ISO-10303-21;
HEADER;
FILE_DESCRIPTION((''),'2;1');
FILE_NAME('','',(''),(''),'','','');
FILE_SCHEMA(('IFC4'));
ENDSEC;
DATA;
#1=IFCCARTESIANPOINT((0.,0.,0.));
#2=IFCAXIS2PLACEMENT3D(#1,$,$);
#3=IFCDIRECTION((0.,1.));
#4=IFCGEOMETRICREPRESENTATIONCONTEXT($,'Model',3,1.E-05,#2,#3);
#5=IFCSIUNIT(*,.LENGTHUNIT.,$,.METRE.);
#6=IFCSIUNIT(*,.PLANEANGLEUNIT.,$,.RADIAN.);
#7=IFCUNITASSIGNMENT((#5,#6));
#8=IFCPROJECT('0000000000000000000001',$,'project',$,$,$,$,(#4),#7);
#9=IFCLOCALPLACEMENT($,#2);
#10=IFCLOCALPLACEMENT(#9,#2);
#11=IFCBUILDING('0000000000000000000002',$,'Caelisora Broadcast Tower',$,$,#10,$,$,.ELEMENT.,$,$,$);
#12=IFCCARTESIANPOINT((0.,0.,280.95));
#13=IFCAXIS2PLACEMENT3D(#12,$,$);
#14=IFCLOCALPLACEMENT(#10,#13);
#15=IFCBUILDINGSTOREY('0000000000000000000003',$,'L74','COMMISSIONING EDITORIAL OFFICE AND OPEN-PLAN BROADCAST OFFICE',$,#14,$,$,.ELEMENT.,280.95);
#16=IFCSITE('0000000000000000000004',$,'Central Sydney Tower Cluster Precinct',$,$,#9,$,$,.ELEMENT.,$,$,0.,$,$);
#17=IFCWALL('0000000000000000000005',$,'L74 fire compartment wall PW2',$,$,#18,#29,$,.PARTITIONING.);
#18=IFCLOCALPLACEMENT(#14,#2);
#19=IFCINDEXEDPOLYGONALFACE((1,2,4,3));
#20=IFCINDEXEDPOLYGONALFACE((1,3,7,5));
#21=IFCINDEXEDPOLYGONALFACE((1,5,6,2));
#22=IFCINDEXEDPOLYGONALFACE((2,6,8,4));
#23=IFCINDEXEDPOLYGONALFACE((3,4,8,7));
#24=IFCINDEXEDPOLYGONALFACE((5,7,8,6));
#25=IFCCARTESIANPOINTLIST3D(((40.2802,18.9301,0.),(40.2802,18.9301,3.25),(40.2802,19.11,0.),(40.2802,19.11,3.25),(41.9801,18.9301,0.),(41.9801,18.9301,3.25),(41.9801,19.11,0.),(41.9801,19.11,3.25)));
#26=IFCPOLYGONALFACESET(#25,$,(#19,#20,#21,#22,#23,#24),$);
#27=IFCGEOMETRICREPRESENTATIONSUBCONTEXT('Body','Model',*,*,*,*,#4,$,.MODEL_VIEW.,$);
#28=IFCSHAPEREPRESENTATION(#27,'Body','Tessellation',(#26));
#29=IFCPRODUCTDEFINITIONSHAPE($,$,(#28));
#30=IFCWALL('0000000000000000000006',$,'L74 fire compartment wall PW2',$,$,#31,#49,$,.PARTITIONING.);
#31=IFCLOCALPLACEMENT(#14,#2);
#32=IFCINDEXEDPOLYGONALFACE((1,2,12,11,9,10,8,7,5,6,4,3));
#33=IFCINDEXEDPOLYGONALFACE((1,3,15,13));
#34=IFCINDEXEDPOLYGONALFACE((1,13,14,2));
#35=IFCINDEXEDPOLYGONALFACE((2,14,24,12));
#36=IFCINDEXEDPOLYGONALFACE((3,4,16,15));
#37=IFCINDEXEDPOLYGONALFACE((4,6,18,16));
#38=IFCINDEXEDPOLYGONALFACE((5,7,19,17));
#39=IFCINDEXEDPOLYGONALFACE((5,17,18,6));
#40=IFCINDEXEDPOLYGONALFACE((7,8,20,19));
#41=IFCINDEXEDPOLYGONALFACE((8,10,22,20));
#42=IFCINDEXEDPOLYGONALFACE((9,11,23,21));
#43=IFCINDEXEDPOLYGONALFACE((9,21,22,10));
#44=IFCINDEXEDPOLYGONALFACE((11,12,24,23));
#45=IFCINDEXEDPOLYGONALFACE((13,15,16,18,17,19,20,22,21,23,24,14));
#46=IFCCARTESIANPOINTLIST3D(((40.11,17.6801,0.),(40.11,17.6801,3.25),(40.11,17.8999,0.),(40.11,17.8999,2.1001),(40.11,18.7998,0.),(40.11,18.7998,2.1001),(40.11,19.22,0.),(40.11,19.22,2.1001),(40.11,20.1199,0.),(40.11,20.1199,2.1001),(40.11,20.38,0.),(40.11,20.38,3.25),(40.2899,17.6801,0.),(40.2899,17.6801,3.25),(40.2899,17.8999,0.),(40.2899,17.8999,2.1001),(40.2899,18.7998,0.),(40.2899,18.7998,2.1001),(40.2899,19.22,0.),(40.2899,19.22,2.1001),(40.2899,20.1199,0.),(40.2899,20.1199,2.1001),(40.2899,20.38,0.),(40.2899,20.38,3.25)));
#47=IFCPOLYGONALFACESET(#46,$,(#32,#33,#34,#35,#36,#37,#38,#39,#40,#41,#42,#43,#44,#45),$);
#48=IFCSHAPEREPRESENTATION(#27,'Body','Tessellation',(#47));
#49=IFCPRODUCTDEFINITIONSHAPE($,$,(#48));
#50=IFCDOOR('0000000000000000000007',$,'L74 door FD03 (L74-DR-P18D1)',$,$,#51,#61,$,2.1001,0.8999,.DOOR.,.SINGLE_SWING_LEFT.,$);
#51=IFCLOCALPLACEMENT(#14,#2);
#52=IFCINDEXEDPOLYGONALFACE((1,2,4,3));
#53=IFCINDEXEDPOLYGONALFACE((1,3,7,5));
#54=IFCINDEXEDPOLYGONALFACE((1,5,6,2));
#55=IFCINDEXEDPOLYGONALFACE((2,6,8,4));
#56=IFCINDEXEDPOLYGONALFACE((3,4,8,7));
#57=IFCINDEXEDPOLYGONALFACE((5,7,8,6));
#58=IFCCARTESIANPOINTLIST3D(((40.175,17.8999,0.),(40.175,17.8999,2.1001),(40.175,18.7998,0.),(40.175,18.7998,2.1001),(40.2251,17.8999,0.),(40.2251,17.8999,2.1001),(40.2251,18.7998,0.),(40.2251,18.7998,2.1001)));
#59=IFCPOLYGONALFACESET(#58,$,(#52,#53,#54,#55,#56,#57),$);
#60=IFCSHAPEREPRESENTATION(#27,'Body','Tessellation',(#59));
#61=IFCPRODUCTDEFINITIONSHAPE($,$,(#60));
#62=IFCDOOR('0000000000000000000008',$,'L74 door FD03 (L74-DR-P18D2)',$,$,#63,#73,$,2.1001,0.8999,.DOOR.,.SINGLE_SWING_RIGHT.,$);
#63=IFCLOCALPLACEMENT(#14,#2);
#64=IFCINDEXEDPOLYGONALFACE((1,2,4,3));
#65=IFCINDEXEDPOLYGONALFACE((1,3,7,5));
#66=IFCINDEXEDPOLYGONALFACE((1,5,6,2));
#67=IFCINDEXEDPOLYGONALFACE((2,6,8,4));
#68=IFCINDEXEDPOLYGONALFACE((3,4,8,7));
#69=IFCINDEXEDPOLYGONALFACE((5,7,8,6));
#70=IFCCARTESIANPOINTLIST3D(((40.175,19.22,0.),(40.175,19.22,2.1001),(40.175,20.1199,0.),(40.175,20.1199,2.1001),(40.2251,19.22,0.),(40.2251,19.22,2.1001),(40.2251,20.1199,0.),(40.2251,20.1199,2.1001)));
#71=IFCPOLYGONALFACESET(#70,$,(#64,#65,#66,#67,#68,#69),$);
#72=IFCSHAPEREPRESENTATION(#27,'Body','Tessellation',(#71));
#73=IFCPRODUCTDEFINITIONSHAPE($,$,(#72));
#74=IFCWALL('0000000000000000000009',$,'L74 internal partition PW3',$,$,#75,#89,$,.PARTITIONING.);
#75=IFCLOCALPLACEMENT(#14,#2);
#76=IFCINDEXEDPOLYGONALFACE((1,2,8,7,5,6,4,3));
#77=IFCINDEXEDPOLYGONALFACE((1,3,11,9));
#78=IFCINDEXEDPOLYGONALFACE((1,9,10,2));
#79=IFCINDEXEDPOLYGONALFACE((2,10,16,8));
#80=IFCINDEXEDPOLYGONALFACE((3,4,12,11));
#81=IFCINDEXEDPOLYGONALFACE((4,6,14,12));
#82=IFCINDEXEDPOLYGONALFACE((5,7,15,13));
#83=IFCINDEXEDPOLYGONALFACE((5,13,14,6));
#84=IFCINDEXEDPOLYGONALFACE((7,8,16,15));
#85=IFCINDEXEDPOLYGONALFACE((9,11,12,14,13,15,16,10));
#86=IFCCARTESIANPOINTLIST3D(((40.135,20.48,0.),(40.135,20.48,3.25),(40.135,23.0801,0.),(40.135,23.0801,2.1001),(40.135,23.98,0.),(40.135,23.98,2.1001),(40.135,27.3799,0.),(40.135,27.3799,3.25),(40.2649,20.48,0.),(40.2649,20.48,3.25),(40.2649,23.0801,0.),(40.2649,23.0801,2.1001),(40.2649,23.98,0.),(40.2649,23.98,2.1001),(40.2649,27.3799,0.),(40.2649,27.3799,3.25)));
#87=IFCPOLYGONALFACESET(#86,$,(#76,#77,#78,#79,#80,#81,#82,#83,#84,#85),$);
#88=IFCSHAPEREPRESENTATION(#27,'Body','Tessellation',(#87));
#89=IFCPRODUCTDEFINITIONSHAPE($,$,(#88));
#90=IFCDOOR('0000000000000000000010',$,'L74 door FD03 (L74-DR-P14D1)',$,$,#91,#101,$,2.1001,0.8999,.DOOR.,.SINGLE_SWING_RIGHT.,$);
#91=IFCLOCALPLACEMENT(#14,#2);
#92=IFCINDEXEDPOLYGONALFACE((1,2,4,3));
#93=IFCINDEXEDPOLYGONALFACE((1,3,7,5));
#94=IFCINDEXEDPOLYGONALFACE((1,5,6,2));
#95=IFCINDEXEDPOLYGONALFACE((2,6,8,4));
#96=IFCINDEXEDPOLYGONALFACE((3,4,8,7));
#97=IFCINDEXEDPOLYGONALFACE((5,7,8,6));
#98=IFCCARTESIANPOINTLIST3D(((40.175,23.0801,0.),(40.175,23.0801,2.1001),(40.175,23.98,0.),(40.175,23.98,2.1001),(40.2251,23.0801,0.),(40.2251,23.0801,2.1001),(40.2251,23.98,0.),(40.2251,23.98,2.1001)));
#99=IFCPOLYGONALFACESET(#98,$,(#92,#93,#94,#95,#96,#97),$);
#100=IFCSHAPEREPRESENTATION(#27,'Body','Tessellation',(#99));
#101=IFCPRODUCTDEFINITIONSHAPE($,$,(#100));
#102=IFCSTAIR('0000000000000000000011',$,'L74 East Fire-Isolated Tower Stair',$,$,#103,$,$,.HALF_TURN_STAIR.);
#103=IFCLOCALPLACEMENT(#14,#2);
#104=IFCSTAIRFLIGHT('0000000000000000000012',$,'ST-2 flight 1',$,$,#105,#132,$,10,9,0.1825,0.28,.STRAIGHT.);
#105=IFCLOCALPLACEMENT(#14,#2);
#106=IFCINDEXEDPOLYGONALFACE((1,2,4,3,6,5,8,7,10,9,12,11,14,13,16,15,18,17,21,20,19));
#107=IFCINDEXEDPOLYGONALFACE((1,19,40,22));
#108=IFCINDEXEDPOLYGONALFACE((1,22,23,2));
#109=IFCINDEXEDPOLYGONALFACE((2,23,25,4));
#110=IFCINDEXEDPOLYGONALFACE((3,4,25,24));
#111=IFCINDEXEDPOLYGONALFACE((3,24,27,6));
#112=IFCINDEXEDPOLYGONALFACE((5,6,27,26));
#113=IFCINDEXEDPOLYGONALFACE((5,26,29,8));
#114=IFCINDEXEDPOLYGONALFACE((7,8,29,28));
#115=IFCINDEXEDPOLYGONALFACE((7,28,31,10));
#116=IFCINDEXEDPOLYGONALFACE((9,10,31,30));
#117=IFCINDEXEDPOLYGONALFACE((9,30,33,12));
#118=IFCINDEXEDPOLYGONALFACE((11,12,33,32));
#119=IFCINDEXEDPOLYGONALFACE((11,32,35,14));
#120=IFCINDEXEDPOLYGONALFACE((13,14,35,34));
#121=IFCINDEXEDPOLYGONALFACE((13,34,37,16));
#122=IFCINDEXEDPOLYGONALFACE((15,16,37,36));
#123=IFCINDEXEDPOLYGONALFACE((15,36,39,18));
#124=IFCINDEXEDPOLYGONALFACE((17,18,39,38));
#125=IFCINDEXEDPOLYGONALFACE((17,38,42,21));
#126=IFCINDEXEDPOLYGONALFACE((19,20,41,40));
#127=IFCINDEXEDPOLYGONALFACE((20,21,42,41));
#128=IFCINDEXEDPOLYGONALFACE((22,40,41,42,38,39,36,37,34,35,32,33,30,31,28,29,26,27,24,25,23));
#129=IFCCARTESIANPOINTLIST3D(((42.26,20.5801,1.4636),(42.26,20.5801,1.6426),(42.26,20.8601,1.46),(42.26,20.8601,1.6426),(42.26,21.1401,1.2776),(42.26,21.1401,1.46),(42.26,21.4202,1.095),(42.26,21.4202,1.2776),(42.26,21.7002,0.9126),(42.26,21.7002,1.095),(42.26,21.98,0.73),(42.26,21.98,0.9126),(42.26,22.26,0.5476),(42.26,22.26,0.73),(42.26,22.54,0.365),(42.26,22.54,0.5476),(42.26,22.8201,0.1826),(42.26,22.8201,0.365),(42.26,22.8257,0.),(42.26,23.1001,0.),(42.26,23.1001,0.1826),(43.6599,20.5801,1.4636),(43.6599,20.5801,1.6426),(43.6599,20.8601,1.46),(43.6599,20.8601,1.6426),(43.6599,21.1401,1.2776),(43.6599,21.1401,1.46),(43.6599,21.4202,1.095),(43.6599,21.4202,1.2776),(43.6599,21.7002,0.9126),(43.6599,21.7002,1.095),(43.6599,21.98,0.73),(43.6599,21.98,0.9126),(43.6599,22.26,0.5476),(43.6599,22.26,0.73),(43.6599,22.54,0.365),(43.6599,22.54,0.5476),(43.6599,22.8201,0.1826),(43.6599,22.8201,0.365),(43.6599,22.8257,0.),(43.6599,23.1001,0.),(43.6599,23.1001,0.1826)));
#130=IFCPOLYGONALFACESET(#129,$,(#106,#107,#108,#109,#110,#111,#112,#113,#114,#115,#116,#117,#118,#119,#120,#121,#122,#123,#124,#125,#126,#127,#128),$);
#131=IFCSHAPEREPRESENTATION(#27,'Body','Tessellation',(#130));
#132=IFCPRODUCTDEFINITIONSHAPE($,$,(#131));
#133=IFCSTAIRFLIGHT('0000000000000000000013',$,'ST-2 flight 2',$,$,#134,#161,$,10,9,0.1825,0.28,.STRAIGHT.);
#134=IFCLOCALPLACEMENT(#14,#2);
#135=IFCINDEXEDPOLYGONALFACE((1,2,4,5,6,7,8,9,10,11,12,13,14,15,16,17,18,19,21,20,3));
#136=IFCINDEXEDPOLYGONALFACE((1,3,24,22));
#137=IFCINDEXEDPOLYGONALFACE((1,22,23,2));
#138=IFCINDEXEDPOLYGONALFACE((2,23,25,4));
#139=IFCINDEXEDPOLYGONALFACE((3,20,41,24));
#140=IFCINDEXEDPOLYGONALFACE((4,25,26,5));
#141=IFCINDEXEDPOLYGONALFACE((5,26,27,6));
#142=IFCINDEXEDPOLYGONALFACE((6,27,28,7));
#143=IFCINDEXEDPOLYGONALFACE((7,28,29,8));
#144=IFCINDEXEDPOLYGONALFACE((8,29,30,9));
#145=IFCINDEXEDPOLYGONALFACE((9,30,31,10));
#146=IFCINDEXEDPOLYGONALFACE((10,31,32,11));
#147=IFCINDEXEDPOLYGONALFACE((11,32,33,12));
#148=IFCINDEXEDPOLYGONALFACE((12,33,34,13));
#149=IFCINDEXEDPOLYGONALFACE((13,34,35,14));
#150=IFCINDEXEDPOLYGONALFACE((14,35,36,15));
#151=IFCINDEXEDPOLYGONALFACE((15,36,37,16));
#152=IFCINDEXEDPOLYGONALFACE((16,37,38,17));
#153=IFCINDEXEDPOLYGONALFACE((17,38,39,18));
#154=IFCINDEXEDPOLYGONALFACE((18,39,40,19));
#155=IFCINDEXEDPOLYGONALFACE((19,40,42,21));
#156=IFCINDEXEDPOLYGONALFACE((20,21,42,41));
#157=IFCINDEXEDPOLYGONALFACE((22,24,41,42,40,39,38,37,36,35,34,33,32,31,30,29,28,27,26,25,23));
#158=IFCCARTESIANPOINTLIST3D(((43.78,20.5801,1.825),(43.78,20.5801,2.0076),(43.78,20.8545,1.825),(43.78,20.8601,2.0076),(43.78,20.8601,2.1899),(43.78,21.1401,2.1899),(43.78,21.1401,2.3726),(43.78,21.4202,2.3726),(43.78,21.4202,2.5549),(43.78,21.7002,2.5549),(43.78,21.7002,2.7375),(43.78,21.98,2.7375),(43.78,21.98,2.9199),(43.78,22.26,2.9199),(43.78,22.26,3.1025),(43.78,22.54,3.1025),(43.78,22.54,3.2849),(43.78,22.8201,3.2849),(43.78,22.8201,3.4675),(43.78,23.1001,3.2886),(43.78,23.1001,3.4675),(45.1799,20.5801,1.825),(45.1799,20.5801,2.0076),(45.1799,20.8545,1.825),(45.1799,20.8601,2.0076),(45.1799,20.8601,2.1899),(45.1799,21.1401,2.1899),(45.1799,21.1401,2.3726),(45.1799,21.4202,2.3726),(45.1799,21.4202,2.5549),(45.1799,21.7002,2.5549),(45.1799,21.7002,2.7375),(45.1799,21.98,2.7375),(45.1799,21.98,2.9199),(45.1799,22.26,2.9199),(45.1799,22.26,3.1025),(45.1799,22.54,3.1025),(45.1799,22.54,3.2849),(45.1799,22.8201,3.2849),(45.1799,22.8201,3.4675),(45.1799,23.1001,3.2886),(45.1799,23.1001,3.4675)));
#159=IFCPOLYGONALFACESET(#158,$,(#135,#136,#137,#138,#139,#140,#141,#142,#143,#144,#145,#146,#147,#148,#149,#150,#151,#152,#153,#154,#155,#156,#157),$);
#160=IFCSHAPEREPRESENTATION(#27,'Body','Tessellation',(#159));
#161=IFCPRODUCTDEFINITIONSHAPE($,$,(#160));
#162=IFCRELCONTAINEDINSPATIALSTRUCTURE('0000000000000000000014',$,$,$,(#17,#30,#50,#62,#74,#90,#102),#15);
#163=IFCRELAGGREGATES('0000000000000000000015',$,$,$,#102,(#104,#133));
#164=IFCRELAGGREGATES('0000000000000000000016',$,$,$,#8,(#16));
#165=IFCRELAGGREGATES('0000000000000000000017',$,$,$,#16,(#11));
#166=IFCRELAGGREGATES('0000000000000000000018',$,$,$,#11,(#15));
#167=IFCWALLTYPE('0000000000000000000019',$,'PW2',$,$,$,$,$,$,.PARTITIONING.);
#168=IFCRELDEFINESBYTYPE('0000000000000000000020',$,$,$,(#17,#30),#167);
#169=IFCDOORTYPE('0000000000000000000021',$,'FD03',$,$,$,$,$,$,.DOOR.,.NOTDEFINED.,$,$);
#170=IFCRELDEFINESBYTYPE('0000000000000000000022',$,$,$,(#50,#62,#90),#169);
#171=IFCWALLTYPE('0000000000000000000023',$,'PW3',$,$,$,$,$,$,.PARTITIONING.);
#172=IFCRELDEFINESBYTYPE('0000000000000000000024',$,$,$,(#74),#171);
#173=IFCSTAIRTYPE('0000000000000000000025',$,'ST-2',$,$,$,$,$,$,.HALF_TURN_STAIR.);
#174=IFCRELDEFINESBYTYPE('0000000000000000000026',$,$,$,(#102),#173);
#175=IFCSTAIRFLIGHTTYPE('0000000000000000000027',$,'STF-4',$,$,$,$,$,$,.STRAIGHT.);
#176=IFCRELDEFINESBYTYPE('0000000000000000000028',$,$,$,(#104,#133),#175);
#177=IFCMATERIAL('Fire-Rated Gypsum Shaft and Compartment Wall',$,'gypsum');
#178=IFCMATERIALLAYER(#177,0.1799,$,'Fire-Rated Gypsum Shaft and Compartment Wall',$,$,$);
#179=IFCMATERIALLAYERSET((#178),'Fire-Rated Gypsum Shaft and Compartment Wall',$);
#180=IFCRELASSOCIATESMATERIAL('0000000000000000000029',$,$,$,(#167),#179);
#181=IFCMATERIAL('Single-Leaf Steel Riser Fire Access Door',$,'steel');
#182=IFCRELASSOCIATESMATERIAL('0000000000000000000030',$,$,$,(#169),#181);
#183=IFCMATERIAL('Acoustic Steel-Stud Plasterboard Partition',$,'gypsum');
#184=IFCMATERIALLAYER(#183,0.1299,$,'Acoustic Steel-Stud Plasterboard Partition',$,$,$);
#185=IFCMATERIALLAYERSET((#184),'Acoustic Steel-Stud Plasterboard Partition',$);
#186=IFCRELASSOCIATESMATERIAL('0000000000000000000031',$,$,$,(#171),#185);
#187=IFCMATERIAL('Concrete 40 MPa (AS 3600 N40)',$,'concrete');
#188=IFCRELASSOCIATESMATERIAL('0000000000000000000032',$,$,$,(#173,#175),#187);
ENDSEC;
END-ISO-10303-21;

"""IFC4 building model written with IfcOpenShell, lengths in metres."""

from ifc_helpers import new_model, si_unit, direction, frame, frame_2d, origin, place, context, subcontext, project, spatial, polyline, rectangle, outline, extrude, material, layer, layer_set, type_object, element, fill, aggregate, save


model = new_model("IFC4")

# Units and contexts
model_context = context("Model", 3, precision=1e-05, world=origin(), true_north=direction((0.0, 1.0)))
body_context = subcontext(model_context, "Body", "Model", "MODEL_VIEW")
ifc_project = project(units=[si_unit("LENGTHUNIT", "METRE"), si_unit("PLANEANGLEUNIT", "RADIAN")], contexts=[model_context])

# Site, building, storey
site_placement = place(None, origin())
site = spatial("IfcSite", under=ifc_project, at=site_placement, Name="Central Sydney Tower Cluster Precinct", CompositionType="ELEMENT", RefElevation=0.0)
building_placement = place(site_placement, origin())
building = spatial("IfcBuilding", under=site, at=building_placement, Name="Caelisora Broadcast Tower", CompositionType="ELEMENT")
storey_placement = place(building_placement, frame((0.0, 0.0, 280.95)))
storey = spatial("IfcBuildingStorey", under=building, at=storey_placement, Name="L74", Description="COMMISSIONING EDITORIAL OFFICE AND OPEN-PLAN BROADCAST OFFICE", CompositionType="ELEMENT", Elevation=280.95)

# Shared definitions
ifc_material_1 = material(Name="Concrete 40 MPa (AS 3600 N40)", Category="concrete")
ifc_material_2 = material(Name="Fire-Rated Gypsum Shaft and Compartment Wall", Category="gypsum")
ifc_layer_1 = layer(ifc_material_2, 0.1799, Name="Fire-Rated Gypsum Shaft and Compartment Wall")
ifc_layer_set_1 = layer_set([ifc_layer_1], Name="Fire-Rated Gypsum Shaft and Compartment Wall")
wall_type_1 = type_object("IfcWallType", Name="PW2", PredefinedType="PARTITIONING", material=ifc_layer_set_1)

# Shared definitions
ifc_material_3 = material(Name="Single-Leaf Steel Riser Fire Access Door", Category="steel")
door_type = type_object("IfcDoorType", Name="FD03", OperationType="NOTDEFINED", PredefinedType="DOOR", material=ifc_material_3)

# Wall
wall_1_placement = place(storey_placement, frame((40.28, 19.02, 0.0), z_axis=(0.0, 0.0, 1.0), x_axis=(1.0, 0.0, 0.0)))
element("IfcWall", 1, at=wall_1_placement, inside=storey, type_object=wall_type_1, Name="L74 fire compartment wall PW2", PredefinedType="PARTITIONING", context=body_context, shape_type="SweptSolid", body=[
    extrude(rectangle(XDim=1.7, YDim=0.1799, at=frame_2d((0.8501, 0.0))), origin(), (0.0, 0.0, 1.0), 3.25),
])

# Wall, openings, doors
wall_2_placement = place(storey_placement, frame((40.2, 17.6799, 0.0), z_axis=(0.0, 0.0, 1.0), x_axis=(0.0, 1.0, 0.0)))
wall_2 = element("IfcWall", 2, at=wall_2_placement, inside=storey, type_object=wall_type_1, Name="L74 fire compartment wall PW2", PredefinedType="PARTITIONING", context=body_context, shape_type="SweptSolid", body=[
    extrude(rectangle(XDim=2.7, YDim=0.1799, at=frame_2d((1.3501, 0.0))), origin(), (0.0, 0.0, 1.0), 3.25),
])
opening_1_placement = place(wall_2_placement, frame((0.22, 0.0, 0.0)))
opening_1 = element("IfcOpeningElement", 3, at=opening_1_placement, cuts=wall_2, PredefinedType="OPENING", context=body_context, shape_type="SweptSolid", body=[
    extrude(rectangle(XDim=0.8999, YDim=2.1001, at=frame_2d((0.45, 1.05))), frame((0.0, 0.1021, 0.0), z_axis=(0.0, -1.0, 0.0), x_axis=(1.0, 0.0, 0.0)), (0.0, 0.0, 1.0), 0.2039),
])
opening_2_placement = place(wall_2_placement, frame((1.54, 0.0, 0.0)))
opening_2 = element("IfcOpeningElement", 4, at=opening_2_placement, cuts=wall_2, PredefinedType="OPENING", context=body_context, shape_type="SweptSolid", body=[
    extrude(rectangle(XDim=0.8999, YDim=2.1001, at=frame_2d((0.45, 1.05))), frame((0.0, 0.1021, 0.0), z_axis=(0.0, -1.0, 0.0), x_axis=(1.0, 0.0, 0.0)), (0.0, 0.0, 1.0), 0.2039),
])
door_1_placement = place(opening_1_placement, origin())
door_1 = element("IfcDoor", 5, at=door_1_placement, inside=storey, type_object=door_type, Name="L74 door FD03 (L74-DR-P18D1)", OperationType="SINGLE_SWING_LEFT", OverallHeight=2.1001, OverallWidth=0.8999, PredefinedType="DOOR", context=body_context, shape_type="SweptSolid", body=[
    extrude(rectangle(XDim=0.8999, YDim=2.1001, at=frame_2d((0.45, 1.05))), frame((0.0, 0.0249, 0.0), z_axis=(0.0, -1.0, 0.0), x_axis=(1.0, 0.0, 0.0)), (0.0, 0.0, 1.0), 0.05),
])
fill(opening_1, door_1)
door_2_placement = place(opening_2_placement, origin())
door_2 = element("IfcDoor", 6, at=door_2_placement, inside=storey, type_object=door_type, Name="L74 door FD03 (L74-DR-P18D2)", OperationType="SINGLE_SWING_RIGHT", OverallHeight=2.1001, OverallWidth=0.8999, PredefinedType="DOOR", context=body_context, shape_type="SweptSolid", body=[
    extrude(rectangle(XDim=0.8999, YDim=2.1001, at=frame_2d((0.45, 1.05))), frame((0.0, 0.0249, 0.0), z_axis=(0.0, -1.0, 0.0), x_axis=(1.0, 0.0, 0.0)), (0.0, 0.0, 1.0), 0.05),
])
fill(opening_2, door_2)

# Wall, opening, door
ifc_material_4 = material(Name="Acoustic Steel-Stud Plasterboard Partition", Category="gypsum")
ifc_layer_2 = layer(ifc_material_4, 0.1299, Name="Acoustic Steel-Stud Plasterboard Partition")
ifc_layer_set_2 = layer_set([ifc_layer_2], Name="Acoustic Steel-Stud Plasterboard Partition")
wall_type_2 = type_object("IfcWallType", Name="PW3", PredefinedType="PARTITIONING", material=ifc_layer_set_2)
wall_3_placement = place(storey_placement, frame((40.2, 20.48, 0.0), z_axis=(0.0, 0.0, 1.0), x_axis=(0.0, 1.0, 0.0)))
wall_3 = element("IfcWall", 7, at=wall_3_placement, inside=storey, type_object=wall_type_2, Name="L74 internal partition PW3", PredefinedType="PARTITIONING", context=body_context, shape_type="SweptSolid", body=[
    extrude(rectangle(XDim=6.8999, YDim=0.1299, at=frame_2d((3.45, 0.0))), origin(), (0.0, 0.0, 1.0), 3.25),
])
opening_3_placement = place(wall_3_placement, frame((2.6001, 0.0, 0.0)))
opening_3 = element("IfcOpeningElement", 8, at=opening_3_placement, cuts=wall_3, PredefinedType="OPENING", context=body_context, shape_type="SweptSolid", body=[
    extrude(rectangle(XDim=0.8999, YDim=2.1001, at=frame_2d((0.45, 1.05))), frame((0.0, 0.0769, 0.0), z_axis=(0.0, -1.0, 0.0), x_axis=(1.0, 0.0, 0.0)), (0.0, 0.0, 1.0), 0.1538),
])
door_3_placement = place(opening_3_placement, origin())
door_3 = element("IfcDoor", 9, at=door_3_placement, inside=storey, type_object=door_type, Name="L74 door FD03 (L74-DR-P14D1)", OperationType="SINGLE_SWING_RIGHT", OverallHeight=2.1001, OverallWidth=0.8999, PredefinedType="DOOR", context=body_context, shape_type="SweptSolid", body=[
    extrude(rectangle(XDim=0.8999, YDim=2.1001, at=frame_2d((0.45, 1.05))), frame((0.0, 0.0249, 0.0), z_axis=(0.0, -1.0, 0.0), x_axis=(1.0, 0.0, 0.0)), (0.0, 0.0, 1.0), 0.05),
])
fill(opening_3, door_3)

# Stair, stair flights
stair_type = type_object("IfcStairType", Name="ST-2", PredefinedType="HALF_TURN_STAIR", material=ifc_material_1)
stair_placement = place(storey_placement, origin())
stair = element("IfcStair", 10, at=stair_placement, inside=storey, type_object=stair_type, Name="L74 East Fire-Isolated Tower Stair", PredefinedType="HALF_TURN_STAIR")
stair_flight_type = type_object("IfcStairFlightType", Name="STF-4", PredefinedType="STRAIGHT", material=ifc_material_1)
stair_flight_1_placement = place(storey_placement, frame((42.96, 23.1001, 0.0), z_axis=(0.0, 0.0, 1.0), x_axis=(0.0, -1.0, 0.0)))
stair_flight_1 = element("IfcStairFlight", 11, at=stair_flight_1_placement, type_object=stair_flight_type, Name="ST-2 flight 1", NumberOfRisers=10, NumberOfTreads=9, PredefinedType="STRAIGHT", RiserHeight=0.1825, TreadLength=0.28, context=body_context, shape_type="SweptSolid", body=[
    extrude(outline(polyline([(0.0, 0.0), (0.0, 0.1826), (0.28, 0.1826), (0.28, 0.365), (0.5601, 0.365), (0.5601, 0.5476), (0.8401, 0.5476), (0.8401, 0.73), (1.1201, 0.73), (1.1201, 0.9126), (1.3999, 0.9126), (1.3999, 1.095), (1.6799, 1.095), (1.6799, 1.2776), (1.96, 1.2776), (1.96, 1.46), (2.24, 1.46), (2.24, 1.6426), (2.52, 1.6426), (2.52, 1.825), (2.52, 1.4636), (0.2744, 0.0), (0.0, 0.0)])), frame((0.0, 0.7, 0.0), z_axis=(0.0, -1.0, 0.0), x_axis=(1.0, 0.0, 0.0)), (0.0, 0.0, 1.0), 1.3999),
])
stair_flight_2_placement = place(storey_placement, frame((44.48, 20.5801, 1.825), z_axis=(0.0, 0.0, 1.0), x_axis=(0.0, 1.0, 0.0)))
stair_flight_2 = element("IfcStairFlight", 12, at=stair_flight_2_placement, type_object=stair_flight_type, Name="ST-2 flight 2", NumberOfRisers=10, NumberOfTreads=9, PredefinedType="STRAIGHT", RiserHeight=0.1825, TreadLength=0.28, context=body_context, shape_type="SweptSolid", body=[
    extrude(outline(polyline([(0.0, 0.0), (0.0, 0.1826), (0.28, 0.1826), (0.28, 0.365), (0.5601, 0.365), (0.5601, 0.5476), (0.8401, 0.5476), (0.8401, 0.73), (1.1201, 0.73), (1.1201, 0.9126), (1.3999, 0.9126), (1.3999, 1.095), (1.6799, 1.095), (1.6799, 1.2776), (1.96, 1.2776), (1.96, 1.46), (2.24, 1.46), (2.24, 1.6426), (2.52, 1.6426), (2.52, 1.825), (2.52, 1.4636), (0.2744, 0.0), (0.0, 0.0)])), frame((0.0, 0.7, 0.0), z_axis=(0.0, -1.0, 0.0), x_axis=(1.0, 0.0, 0.0)), (0.0, 0.0, 1.0), 1.3999),
])
aggregate(stair, [stair_flight_1, stair_flight_2])

save(model, "model.ifc")
